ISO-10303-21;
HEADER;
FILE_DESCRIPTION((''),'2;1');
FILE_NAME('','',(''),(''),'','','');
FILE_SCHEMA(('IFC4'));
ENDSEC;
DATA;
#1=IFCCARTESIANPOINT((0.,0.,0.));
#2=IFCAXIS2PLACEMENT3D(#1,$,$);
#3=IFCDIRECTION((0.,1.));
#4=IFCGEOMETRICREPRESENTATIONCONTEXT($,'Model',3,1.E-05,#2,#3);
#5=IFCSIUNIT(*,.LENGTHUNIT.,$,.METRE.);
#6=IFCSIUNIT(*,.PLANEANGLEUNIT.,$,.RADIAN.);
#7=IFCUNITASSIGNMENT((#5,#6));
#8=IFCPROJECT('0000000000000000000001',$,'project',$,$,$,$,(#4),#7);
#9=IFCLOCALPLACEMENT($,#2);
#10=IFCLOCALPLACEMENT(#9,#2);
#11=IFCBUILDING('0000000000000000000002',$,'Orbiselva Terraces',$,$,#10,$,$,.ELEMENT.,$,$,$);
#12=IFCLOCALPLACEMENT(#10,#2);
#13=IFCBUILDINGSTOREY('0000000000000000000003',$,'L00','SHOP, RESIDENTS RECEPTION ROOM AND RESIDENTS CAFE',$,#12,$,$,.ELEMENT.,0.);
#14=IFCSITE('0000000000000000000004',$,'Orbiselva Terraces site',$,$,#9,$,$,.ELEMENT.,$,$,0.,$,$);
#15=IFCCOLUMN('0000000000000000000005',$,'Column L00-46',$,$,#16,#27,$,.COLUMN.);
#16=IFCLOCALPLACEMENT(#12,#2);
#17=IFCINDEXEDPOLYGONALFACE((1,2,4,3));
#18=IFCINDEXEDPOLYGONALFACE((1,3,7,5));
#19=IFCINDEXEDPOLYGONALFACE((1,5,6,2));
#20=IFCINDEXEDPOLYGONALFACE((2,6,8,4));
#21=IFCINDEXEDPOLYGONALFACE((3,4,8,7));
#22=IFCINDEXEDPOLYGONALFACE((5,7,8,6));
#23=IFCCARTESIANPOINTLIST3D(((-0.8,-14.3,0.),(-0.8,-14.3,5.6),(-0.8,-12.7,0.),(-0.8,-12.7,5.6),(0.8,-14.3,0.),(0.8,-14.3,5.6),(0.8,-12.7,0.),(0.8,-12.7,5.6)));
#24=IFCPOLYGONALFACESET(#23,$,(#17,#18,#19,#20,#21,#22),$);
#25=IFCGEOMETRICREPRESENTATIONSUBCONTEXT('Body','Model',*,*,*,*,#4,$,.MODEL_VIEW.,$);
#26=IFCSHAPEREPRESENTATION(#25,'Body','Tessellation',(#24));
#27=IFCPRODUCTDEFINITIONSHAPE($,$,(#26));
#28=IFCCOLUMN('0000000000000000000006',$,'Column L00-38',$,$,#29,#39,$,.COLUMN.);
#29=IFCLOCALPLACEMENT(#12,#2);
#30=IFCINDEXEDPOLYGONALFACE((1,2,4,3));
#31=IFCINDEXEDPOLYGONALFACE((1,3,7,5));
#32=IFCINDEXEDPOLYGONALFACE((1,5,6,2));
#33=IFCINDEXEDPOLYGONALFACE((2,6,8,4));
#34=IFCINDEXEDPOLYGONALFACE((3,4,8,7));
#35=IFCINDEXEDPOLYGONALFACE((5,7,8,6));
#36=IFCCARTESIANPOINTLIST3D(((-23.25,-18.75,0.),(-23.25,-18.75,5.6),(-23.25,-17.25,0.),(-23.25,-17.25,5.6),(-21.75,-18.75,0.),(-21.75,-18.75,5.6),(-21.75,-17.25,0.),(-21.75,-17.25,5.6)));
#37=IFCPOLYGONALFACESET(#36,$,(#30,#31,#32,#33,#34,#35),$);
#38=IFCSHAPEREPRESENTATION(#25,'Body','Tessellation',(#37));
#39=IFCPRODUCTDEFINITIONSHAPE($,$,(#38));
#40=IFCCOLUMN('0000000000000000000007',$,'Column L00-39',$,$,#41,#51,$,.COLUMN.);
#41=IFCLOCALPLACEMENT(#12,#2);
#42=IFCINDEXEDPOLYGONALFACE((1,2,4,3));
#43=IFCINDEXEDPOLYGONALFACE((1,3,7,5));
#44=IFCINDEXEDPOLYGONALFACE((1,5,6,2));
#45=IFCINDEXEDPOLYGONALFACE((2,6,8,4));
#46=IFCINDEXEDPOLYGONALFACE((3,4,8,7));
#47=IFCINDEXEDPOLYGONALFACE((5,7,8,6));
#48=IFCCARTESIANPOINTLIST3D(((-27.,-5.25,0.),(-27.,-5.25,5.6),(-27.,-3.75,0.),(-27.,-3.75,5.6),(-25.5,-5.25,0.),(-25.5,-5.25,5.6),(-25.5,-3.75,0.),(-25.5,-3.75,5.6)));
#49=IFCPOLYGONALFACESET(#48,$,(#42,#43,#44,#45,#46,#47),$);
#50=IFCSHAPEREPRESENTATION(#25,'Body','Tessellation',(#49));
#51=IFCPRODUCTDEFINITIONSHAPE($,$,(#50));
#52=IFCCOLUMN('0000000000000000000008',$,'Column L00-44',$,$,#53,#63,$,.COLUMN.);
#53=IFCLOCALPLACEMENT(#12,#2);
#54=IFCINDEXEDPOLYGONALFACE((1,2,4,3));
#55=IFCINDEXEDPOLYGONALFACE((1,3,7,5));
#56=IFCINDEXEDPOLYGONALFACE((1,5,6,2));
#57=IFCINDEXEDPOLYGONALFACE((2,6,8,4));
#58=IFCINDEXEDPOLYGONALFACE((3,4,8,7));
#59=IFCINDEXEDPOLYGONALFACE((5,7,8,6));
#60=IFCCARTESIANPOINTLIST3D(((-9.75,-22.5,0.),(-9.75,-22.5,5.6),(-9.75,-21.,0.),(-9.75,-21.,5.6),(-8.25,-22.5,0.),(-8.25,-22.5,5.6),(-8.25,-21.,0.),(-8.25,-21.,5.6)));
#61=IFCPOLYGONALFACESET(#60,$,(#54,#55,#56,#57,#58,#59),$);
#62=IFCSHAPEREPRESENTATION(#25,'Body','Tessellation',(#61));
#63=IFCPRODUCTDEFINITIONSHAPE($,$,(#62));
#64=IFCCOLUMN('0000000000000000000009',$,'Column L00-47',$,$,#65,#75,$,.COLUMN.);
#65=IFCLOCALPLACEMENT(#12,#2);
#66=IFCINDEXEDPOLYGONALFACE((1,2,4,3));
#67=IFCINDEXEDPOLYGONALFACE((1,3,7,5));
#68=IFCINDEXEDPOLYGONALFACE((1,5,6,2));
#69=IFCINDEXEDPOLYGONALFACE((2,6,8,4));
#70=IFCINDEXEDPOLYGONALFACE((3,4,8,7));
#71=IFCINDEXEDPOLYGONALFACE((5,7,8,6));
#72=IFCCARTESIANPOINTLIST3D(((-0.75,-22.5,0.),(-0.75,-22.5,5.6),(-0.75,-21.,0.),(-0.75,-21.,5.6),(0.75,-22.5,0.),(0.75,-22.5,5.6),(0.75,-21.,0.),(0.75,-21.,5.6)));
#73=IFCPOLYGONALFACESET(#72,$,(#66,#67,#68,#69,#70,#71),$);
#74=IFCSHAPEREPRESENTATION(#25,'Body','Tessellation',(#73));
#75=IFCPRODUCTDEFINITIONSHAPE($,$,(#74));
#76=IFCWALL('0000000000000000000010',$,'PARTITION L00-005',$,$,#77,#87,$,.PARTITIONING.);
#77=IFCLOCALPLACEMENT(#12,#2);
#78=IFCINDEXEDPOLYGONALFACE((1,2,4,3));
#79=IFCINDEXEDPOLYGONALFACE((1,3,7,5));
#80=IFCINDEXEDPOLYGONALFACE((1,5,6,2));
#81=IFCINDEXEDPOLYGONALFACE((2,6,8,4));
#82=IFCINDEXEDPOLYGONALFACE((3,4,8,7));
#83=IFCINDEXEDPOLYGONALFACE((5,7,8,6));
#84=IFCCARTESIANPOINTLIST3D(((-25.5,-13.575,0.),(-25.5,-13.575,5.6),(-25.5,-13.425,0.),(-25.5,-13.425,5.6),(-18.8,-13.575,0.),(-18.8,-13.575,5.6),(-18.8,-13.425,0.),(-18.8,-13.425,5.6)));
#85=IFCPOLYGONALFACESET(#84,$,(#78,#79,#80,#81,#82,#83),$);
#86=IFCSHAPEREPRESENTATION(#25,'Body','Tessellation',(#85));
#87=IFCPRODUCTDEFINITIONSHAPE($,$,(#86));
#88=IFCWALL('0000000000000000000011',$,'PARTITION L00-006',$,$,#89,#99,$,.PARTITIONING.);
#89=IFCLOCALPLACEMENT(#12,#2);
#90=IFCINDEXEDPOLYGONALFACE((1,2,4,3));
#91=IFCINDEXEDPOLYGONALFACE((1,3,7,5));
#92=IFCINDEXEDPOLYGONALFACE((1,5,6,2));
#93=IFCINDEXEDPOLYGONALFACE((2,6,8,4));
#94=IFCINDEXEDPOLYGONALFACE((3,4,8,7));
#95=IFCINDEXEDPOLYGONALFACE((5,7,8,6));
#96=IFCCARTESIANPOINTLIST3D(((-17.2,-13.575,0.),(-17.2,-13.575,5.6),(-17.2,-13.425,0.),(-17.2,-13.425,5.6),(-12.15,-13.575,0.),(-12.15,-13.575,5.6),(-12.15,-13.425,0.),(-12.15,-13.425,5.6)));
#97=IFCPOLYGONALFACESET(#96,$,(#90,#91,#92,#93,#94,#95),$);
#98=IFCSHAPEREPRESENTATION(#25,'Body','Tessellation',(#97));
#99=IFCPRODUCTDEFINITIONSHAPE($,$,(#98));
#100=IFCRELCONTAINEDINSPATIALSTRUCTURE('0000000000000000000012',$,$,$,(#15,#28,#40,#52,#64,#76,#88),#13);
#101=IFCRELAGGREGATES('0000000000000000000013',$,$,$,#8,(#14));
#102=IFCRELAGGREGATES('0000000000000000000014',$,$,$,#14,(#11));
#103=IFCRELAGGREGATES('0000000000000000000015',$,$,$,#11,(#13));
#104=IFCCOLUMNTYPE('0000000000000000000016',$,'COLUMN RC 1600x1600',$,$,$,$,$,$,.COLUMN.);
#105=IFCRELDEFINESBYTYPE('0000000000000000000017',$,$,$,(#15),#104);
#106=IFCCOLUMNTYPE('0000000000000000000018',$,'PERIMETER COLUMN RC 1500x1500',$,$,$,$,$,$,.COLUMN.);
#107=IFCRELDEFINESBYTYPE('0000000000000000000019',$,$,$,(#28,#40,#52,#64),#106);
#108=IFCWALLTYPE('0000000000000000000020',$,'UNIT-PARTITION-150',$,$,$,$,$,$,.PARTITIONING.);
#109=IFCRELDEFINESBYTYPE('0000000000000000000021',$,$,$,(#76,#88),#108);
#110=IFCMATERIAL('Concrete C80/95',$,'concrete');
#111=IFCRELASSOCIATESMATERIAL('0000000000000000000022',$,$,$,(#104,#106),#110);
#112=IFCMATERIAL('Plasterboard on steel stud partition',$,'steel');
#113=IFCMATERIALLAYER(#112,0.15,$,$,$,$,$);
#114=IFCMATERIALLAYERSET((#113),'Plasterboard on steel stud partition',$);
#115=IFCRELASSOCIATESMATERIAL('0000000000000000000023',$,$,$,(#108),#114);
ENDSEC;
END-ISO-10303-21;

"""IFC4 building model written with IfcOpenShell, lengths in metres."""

from ifc_helpers import new_model, si_unit, direction, frame, frame_2d, origin, origin_2d, place, context, subcontext, project, spatial, rectangle, extrude, material, layer, layer_set, material_profile, profile_set, type_object, element, save


model = new_model("IFC4")

# Units and contexts
model_context = context("Model", 3, precision=1e-05, world=origin(), true_north=direction((0.0, 1.0)))
body_context = subcontext(model_context, "Body", "Model", "MODEL_VIEW")
ifc_project = project(units=[si_unit("LENGTHUNIT", "METRE"), si_unit("PLANEANGLEUNIT", "RADIAN")], contexts=[model_context])

# Site, building, storey
site_placement = place(None, origin())
site = spatial("IfcSite", under=ifc_project, at=site_placement, Name="Orbiselva Terraces site", CompositionType="ELEMENT", RefElevation=0.0)
building_placement = place(site_placement, origin())
building = spatial("IfcBuilding", under=site, at=building_placement, Name="Orbiselva Terraces", CompositionType="ELEMENT")
storey_placement = place(building_placement, origin())
storey = spatial("IfcBuildingStorey", under=building, at=storey_placement, Name="L00", Description="SHOP, RESIDENTS RECEPTION ROOM AND RESIDENTS CAFE", CompositionType="ELEMENT", Elevation=0.0)

# Columns
ifc_material_1 = material(Name="Concrete C80/95", Category="concrete")
ifc_material_profile_1 = material_profile(ifc_material_1, rectangle(XDim=1.6, YDim=1.6, at=origin_2d()), Name="RC 1600x1600")
ifc_profile_set_1 = profile_set([ifc_material_profile_1], Name="Concrete C80/95")
column_type_1 = type_object("IfcColumnType", Name="COLUMN RC 1600x1600", PredefinedType="COLUMN", material=ifc_profile_set_1)
for number, where, z_axis, x_axis, name in (
    (1, (0.0, -13.5, 0.0), (0.0, 0.0, 1.0), (1.0, 0.0, 0.0), "Column L00-46"),
):
    element("IfcColumn", number, at=place(storey_placement, frame(where, z_axis=z_axis, x_axis=x_axis)), inside=storey, type_object=column_type_1, Name=name, PredefinedType="COLUMN", context=body_context, shape_type="SweptSolid", body=[
        extrude(rectangle(XDim=1.6, YDim=1.6, at=origin_2d()), origin(), (0.0, 0.0, 1.0), 5.6),
    ])
ifc_material_profile_2 = material_profile(ifc_material_1, rectangle(XDim=1.5, YDim=1.5, at=origin_2d()), Name="RC 1500x1500")
ifc_profile_set_2 = profile_set([ifc_material_profile_2], Name="Concrete C80/95")
column_type_2 = type_object("IfcColumnType", Name="PERIMETER COLUMN RC 1500x1500", PredefinedType="COLUMN", material=ifc_profile_set_2)
for number, where, z_axis, x_axis, name in (
    (2, (-22.5, -18.0, 0.0), (0.0, 0.0, 1.0), (1.0, 0.0, 0.0), "Column L00-38"),
    (3, (-26.25, -4.5, 0.0), (0.0, 0.0, 1.0), (1.0, 0.0, 0.0), "Column L00-39"),
    (4, (-9.0, -21.75, 0.0), (0.0, 0.0, 1.0), (1.0, 0.0, 0.0), "Column L00-44"),
    (5, (0.0, -21.75, 0.0), (0.0, 0.0, 1.0), (1.0, 0.0, 0.0), "Column L00-47"),
):
    element("IfcColumn", number, at=place(storey_placement, frame(where, z_axis=z_axis, x_axis=x_axis)), inside=storey, type_object=column_type_2, Name=name, PredefinedType="COLUMN", context=body_context, shape_type="SweptSolid", body=[
        extrude(rectangle(XDim=1.5, YDim=1.5, at=origin_2d()), origin(), (0.0, 0.0, 1.0), 5.6),
    ])

# Walls
ifc_material_2 = material(Name="Plasterboard on steel stud partition", Category="steel")
ifc_layer = layer(ifc_material_2, 0.15)
ifc_layer_set = layer_set([ifc_layer], Name="Plasterboard on steel stud partition")
wall_type = type_object("IfcWallType", Name="UNIT-PARTITION-150", PredefinedType="PARTITIONING", material=ifc_layer_set)
wall_1_placement = place(storey_placement, frame((-25.5, -13.5, 0.0), z_axis=(0.0, 0.0, 1.0), x_axis=(1.0, 0.0, 0.0)))
element("IfcWall", 6, at=wall_1_placement, inside=storey, type_object=wall_type, Name="PARTITION L00-005", PredefinedType="PARTITIONING", context=body_context, shape_type="SweptSolid", body=[
    extrude(rectangle(XDim=6.7, YDim=0.15, at=frame_2d((3.35, 0.0))), origin(), (0.0, 0.0, 1.0), 5.6),
])
wall_2_placement = place(storey_placement, frame((-17.2, -13.5, 0.0), z_axis=(0.0, 0.0, 1.0), x_axis=(1.0, 0.0, 0.0)))
element("IfcWall", 7, at=wall_2_placement, inside=storey, type_object=wall_type, Name="PARTITION L00-006", PredefinedType="PARTITIONING", context=body_context, shape_type="SweptSolid", body=[
    extrude(rectangle(XDim=5.05, YDim=0.15, at=frame_2d((2.525, 0.0))), origin(), (0.0, 0.0, 1.0), 5.6),
])

save(model, "model.ifc")
